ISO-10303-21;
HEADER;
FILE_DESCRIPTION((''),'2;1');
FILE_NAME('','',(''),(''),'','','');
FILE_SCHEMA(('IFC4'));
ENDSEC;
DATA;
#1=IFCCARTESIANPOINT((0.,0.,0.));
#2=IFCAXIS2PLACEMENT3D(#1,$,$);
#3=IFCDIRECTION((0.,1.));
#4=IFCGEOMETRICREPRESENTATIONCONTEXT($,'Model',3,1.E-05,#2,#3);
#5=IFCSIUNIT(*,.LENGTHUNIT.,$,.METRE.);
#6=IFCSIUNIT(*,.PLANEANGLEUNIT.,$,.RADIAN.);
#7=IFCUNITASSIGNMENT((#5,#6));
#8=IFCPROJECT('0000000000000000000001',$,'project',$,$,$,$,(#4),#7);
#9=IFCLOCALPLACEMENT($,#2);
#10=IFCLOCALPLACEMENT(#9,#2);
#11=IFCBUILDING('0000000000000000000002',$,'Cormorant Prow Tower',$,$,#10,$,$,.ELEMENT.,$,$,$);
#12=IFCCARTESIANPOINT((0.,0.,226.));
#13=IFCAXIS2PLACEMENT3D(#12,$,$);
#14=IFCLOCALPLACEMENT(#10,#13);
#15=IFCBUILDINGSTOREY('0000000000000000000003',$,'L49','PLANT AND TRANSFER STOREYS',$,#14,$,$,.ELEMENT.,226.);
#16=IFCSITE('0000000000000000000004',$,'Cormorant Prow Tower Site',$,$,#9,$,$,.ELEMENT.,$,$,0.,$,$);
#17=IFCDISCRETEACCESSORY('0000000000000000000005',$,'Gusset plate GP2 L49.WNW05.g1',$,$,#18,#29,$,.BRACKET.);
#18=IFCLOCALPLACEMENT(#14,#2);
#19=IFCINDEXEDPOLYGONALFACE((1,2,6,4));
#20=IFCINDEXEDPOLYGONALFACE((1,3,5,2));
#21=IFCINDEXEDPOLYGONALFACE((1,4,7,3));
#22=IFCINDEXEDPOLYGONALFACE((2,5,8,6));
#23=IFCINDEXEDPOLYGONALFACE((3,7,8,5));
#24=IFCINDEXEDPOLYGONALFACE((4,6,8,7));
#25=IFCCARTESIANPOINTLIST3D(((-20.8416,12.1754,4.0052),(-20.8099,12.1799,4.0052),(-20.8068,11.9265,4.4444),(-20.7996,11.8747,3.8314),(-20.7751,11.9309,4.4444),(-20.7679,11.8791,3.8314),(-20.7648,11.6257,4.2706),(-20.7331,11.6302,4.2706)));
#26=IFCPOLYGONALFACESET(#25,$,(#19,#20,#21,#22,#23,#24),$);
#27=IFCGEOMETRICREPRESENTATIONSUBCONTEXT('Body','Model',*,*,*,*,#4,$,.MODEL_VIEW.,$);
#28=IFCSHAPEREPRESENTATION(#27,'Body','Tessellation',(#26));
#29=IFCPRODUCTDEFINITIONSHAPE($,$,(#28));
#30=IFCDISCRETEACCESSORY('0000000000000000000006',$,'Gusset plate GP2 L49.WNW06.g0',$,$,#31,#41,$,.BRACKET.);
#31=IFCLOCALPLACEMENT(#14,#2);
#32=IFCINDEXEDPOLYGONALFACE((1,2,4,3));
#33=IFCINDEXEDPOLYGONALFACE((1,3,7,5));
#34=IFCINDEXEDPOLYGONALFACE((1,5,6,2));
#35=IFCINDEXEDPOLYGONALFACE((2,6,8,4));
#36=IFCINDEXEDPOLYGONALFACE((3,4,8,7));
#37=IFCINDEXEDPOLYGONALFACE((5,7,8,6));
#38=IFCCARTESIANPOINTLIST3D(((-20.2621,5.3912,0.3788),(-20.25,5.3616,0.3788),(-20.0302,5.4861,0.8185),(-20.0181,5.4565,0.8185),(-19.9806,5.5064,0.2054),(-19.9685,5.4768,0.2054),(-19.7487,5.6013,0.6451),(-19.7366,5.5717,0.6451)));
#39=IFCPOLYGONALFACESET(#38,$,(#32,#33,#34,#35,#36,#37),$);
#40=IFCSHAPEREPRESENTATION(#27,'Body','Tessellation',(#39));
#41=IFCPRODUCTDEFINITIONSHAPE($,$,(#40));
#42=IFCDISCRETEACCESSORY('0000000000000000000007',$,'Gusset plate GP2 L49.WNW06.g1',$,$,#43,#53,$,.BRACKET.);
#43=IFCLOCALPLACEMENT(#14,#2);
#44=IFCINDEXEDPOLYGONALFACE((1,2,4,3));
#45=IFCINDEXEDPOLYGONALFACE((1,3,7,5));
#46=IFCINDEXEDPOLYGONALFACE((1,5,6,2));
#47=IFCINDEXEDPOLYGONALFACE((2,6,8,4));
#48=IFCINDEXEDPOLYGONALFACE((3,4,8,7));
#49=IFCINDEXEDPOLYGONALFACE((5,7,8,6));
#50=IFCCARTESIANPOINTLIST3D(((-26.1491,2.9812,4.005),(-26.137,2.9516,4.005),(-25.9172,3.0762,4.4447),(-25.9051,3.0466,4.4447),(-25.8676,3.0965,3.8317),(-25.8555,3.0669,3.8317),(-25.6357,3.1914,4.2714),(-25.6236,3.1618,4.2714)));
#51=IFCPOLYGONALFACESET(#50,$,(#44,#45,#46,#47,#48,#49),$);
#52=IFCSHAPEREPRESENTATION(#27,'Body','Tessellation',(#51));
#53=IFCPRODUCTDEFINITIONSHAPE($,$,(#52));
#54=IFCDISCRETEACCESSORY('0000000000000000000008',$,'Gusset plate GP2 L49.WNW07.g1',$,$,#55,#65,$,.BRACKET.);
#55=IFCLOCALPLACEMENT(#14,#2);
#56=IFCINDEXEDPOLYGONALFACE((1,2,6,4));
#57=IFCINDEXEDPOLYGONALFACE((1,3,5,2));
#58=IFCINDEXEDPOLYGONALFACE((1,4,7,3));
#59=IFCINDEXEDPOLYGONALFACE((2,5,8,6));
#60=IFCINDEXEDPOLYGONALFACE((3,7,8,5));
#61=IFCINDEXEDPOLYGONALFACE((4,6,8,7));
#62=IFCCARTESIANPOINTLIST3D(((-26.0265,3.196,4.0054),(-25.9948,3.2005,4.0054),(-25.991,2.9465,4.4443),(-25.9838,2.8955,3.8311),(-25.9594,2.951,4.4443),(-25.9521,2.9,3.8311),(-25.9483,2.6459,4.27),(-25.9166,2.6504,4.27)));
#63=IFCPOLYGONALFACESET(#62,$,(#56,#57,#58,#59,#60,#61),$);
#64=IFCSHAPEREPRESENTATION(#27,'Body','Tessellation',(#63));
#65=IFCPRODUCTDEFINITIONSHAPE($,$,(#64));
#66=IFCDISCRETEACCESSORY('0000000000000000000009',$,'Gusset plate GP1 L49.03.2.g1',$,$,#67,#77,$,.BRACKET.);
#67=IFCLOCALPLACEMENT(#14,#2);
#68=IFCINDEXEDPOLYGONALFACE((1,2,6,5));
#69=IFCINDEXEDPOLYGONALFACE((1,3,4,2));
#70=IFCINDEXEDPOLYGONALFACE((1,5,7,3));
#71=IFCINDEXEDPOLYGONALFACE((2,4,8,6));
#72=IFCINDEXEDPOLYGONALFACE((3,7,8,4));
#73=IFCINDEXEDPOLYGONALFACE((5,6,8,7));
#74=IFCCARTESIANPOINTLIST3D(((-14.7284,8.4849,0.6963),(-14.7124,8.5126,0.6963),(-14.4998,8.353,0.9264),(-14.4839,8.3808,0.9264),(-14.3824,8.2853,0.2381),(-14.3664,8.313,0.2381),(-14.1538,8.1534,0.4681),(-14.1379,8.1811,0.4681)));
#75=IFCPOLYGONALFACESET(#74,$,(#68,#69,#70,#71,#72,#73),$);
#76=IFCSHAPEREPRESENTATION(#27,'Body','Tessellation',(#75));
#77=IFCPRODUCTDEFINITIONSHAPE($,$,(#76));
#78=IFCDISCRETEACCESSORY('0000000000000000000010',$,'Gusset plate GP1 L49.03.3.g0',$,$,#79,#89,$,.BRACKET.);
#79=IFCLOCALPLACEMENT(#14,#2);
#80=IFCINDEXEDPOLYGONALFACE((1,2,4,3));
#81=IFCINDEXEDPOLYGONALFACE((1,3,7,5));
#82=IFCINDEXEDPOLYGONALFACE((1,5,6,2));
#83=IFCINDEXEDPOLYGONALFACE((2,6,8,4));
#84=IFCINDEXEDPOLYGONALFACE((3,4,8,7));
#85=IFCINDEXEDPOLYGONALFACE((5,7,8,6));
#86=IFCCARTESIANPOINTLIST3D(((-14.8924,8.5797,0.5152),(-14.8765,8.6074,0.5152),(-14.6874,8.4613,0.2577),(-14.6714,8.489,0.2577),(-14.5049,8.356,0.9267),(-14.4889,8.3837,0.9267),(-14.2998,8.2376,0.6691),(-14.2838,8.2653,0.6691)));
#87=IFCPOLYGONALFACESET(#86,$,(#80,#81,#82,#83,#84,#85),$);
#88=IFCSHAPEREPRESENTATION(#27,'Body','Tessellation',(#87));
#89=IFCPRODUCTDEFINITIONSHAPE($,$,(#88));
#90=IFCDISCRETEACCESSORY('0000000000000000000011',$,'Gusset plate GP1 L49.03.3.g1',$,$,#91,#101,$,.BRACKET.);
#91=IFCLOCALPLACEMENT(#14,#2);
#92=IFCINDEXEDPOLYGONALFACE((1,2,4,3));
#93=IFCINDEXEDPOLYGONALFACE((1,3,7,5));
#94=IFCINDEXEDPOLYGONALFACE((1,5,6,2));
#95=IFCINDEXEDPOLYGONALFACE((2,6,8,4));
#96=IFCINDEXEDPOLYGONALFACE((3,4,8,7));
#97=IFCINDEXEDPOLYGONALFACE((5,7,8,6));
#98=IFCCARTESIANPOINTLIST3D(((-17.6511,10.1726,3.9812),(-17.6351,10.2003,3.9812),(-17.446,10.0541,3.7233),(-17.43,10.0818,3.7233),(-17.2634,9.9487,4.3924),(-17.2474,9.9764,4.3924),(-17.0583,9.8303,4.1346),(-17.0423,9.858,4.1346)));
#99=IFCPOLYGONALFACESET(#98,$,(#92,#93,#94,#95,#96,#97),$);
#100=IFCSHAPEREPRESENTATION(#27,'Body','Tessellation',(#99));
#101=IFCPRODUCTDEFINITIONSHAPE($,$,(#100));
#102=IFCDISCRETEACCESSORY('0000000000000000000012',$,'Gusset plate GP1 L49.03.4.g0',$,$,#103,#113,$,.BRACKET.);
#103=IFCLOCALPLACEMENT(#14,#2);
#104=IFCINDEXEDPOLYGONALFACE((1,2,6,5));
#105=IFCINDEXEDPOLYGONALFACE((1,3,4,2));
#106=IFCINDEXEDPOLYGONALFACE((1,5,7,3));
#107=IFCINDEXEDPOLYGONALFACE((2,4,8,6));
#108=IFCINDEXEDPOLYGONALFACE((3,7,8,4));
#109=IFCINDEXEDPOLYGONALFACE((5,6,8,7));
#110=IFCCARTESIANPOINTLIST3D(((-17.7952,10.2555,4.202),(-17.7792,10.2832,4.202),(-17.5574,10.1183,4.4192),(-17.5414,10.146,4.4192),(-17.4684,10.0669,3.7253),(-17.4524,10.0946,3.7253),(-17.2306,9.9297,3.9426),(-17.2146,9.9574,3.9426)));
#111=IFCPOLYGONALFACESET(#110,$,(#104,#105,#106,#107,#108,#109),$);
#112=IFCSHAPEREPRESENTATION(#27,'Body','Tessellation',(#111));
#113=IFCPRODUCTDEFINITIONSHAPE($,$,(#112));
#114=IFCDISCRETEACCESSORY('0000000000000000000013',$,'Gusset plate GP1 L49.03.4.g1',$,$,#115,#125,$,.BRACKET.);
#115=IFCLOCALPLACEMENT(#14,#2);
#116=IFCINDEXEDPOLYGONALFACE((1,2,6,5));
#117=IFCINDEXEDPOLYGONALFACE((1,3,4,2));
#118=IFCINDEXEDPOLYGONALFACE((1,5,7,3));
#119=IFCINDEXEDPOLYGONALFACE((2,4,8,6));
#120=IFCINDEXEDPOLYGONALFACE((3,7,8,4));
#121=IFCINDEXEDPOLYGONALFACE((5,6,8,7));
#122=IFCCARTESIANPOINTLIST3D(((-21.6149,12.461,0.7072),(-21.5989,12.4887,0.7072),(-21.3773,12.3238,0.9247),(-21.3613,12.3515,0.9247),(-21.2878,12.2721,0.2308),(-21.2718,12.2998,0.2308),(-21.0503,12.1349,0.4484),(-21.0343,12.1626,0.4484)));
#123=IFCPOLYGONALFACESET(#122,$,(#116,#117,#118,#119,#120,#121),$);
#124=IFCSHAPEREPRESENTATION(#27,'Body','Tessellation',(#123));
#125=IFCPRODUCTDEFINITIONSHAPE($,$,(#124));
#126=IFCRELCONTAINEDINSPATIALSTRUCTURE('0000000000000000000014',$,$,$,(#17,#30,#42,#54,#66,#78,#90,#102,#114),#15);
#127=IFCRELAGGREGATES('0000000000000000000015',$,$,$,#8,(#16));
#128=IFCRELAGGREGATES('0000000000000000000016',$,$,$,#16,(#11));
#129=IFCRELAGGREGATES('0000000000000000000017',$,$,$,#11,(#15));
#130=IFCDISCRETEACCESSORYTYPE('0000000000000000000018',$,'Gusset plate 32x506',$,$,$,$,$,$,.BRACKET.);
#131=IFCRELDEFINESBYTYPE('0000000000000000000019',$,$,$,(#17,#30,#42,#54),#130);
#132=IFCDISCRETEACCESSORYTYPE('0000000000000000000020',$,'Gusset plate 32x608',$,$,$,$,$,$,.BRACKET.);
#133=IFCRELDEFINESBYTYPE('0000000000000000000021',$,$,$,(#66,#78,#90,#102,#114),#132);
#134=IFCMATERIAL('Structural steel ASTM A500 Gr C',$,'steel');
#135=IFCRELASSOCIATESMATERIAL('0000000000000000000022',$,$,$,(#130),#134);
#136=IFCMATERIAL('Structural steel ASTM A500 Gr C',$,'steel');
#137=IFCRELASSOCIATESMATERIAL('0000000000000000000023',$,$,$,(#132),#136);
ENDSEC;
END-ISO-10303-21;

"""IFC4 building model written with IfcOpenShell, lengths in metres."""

from ifc_helpers import new_model, si_unit, direction, frame, origin, origin_2d, place, context, subcontext, project, spatial, rectangle, extrude, material, material_profile, profile_set, type_object, element, save


model = new_model("IFC4")

# Units and contexts
model_context = context("Model", 3, precision=1e-05, world=origin(), true_north=direction((0.0, 1.0)))
body_context = subcontext(model_context, "Body", "Model", "MODEL_VIEW")
ifc_project = project(units=[si_unit("LENGTHUNIT", "METRE"), si_unit("PLANEANGLEUNIT", "RADIAN")], contexts=[model_context])

# Site, building, storey
site_placement = place(None, origin())
site = spatial("IfcSite", under=ifc_project, at=site_placement, Name="Cormorant Prow Tower Site", CompositionType="ELEMENT", RefElevation=0.0)
building_placement = place(site_placement, origin())
building = spatial("IfcBuilding", under=site, at=building_placement, Name="Cormorant Prow Tower", CompositionType="ELEMENT")
storey_placement = place(building_placement, frame((0.0, 0.0, 226.0)))
storey = spatial("IfcBuildingStorey", under=building, at=storey_placement, Name="L49", Description="PLANT AND TRANSFER STOREYS", CompositionType="ELEMENT", Elevation=226.0)

# Discrete accessories
ifc_material_1 = material(Name="Structural steel ASTM A500 Gr C", Category="steel")
ifc_material_profile_1 = material_profile(ifc_material_1, rectangle(XDim=0.032, YDim=0.5061, at=origin_2d()), Name="Gusset plate 32x506")
ifc_profile_set_1 = profile_set([ifc_material_profile_1], Name="Structural steel ASTM A500 Gr C")
discrete_accessory_type_1 = type_object("IfcDiscreteAccessoryType", Name="Gusset plate 32x506", PredefinedType="BRACKET", material=ifc_profile_set_1)
discrete_accessory_1_placement = place(storey_placement, frame((-20.7664, 11.7524, 4.051), z_axis=(-0.120003, 0.859554, 0.496755), x_axis=(-0.990395, -0.138269, 0.0)))
element("IfcDiscreteAccessory", 1, at=discrete_accessory_1_placement, inside=storey, type_object=discrete_accessory_type_1, Name="Gusset plate GP2 L49.WNW05.g1", PredefinedType="BRACKET", context=body_context, shape_type="SweptSolid", body=[
    extrude(rectangle(XDim=0.032, YDim=0.5061, at=origin_2d()), origin(), (0.0, 0.0, 1.0), 0.3499),
])
for number, where, z_axis, x_axis, name in (
    (2, (-20.1401, 5.4238, 0.5986), (0.804057, 0.329154, -0.495126), (-0.378852, 0.925457, 0.0), "Gusset plate GP2 L49.WNW06.g0"),
    (3, (-25.7456, 3.1292, 4.0515), (-0.804057, -0.329154, 0.495126), (0.378852, -0.925457, 0.0), "Gusset plate GP2 L49.WNW06.g1"),
    (4, (-25.9502, 2.7729, 4.0505), (-0.122053, 0.858558, 0.497977), (-0.990046, -0.140746, 0.0), "Gusset plate GP2 L49.WNW07.g1"),
):
    element("IfcDiscreteAccessory", number, at=place(storey_placement, frame(where, z_axis=z_axis, x_axis=x_axis)), inside=storey, type_object=discrete_accessory_type_1, Name=name, PredefinedType="BRACKET", context=body_context, shape_type="SweptSolid", body=[
        extrude(rectangle(XDim=0.032, YDim=0.5061, at=origin_2d()), origin(), (0.0, 0.0, 1.0), 0.3501),
    ])
ifc_material_2 = material(Name="Structural steel ASTM A500 Gr C", Category="steel")
ifc_material_profile_2 = material_profile(ifc_material_2, rectangle(XDim=0.032, YDim=0.6079, at=origin_2d()), Name="Gusset plate 32x608")
ifc_profile_set_2 = profile_set([ifc_material_profile_2], Name="Structural steel ASTM A500 Gr C")
discrete_accessory_type_2 = type_object("IfcDiscreteAccessoryType", Name="Gusset plate 32x608", PredefinedType="BRACKET", material=ifc_profile_set_2)
discrete_accessory_2_placement = place(storey_placement, frame((-14.3188, 8.2671, 0.6973), z_axis=(-0.652925, 0.376688, -0.657111), x_axis=(-0.499722, -0.866186, 0.0)))
element("IfcDiscreteAccessory", 5, at=discrete_accessory_2_placement, inside=storey, type_object=discrete_accessory_type_2, Name="Gusset plate GP1 L49.03.2.g1", PredefinedType="BRACKET", context=body_context, shape_type="SweptSolid", body=[
    extrude(rectangle(XDim=0.032, YDim=0.6079, at=origin_2d()), origin(), (0.0, 0.0, 1.0), 0.3501),
])
discrete_accessory_3_placement = place(storey_placement, frame((-14.6907, 8.4817, 0.7209), z_axis=(0.586131, -0.338421, -0.736153), x_axis=(0.50002, 0.866014, 0.0)))
element("IfcDiscreteAccessory", 6, at=discrete_accessory_3_placement, inside=storey, type_object=discrete_accessory_type_2, Name="Gusset plate GP1 L49.03.3.g0", PredefinedType="BRACKET", context=body_context, shape_type="SweptSolid", body=[
    extrude(rectangle(XDim=0.032, YDim=0.6079, at=origin_2d()), origin(), (0.0, 0.0, 1.0), 0.3499),
])
for number, where, z_axis, x_axis, name in (
    (7, (-17.2441, 9.9561, 3.929), (-0.58583, 0.338247, 0.736472), (-0.50002, -0.866014, 0.0), "Gusset plate GP1 L49.03.3.g1"),
    (8, (-17.6238, 10.175, 3.9636), (0.679175, -0.391886, 0.620602), (0.499774, 0.866156, 0.0), "Gusset plate GP1 L49.03.4.g0"),
    (9, (-21.2058, 12.2432, 0.6865), (-0.678505, 0.391901, -0.621324), (-0.500159, -0.865934, 0.0), "Gusset plate GP1 L49.03.4.g1"),
):
    element("IfcDiscreteAccessory", number, at=place(storey_placement, frame(where, z_axis=z_axis, x_axis=x_axis)), inside=storey, type_object=discrete_accessory_type_2, Name=name, PredefinedType="BRACKET", context=body_context, shape_type="SweptSolid", body=[
        extrude(rectangle(XDim=0.032, YDim=0.6079, at=origin_2d()), origin(), (0.0, 0.0, 1.0), 0.3501),
    ])

save(model, "model.ifc")
